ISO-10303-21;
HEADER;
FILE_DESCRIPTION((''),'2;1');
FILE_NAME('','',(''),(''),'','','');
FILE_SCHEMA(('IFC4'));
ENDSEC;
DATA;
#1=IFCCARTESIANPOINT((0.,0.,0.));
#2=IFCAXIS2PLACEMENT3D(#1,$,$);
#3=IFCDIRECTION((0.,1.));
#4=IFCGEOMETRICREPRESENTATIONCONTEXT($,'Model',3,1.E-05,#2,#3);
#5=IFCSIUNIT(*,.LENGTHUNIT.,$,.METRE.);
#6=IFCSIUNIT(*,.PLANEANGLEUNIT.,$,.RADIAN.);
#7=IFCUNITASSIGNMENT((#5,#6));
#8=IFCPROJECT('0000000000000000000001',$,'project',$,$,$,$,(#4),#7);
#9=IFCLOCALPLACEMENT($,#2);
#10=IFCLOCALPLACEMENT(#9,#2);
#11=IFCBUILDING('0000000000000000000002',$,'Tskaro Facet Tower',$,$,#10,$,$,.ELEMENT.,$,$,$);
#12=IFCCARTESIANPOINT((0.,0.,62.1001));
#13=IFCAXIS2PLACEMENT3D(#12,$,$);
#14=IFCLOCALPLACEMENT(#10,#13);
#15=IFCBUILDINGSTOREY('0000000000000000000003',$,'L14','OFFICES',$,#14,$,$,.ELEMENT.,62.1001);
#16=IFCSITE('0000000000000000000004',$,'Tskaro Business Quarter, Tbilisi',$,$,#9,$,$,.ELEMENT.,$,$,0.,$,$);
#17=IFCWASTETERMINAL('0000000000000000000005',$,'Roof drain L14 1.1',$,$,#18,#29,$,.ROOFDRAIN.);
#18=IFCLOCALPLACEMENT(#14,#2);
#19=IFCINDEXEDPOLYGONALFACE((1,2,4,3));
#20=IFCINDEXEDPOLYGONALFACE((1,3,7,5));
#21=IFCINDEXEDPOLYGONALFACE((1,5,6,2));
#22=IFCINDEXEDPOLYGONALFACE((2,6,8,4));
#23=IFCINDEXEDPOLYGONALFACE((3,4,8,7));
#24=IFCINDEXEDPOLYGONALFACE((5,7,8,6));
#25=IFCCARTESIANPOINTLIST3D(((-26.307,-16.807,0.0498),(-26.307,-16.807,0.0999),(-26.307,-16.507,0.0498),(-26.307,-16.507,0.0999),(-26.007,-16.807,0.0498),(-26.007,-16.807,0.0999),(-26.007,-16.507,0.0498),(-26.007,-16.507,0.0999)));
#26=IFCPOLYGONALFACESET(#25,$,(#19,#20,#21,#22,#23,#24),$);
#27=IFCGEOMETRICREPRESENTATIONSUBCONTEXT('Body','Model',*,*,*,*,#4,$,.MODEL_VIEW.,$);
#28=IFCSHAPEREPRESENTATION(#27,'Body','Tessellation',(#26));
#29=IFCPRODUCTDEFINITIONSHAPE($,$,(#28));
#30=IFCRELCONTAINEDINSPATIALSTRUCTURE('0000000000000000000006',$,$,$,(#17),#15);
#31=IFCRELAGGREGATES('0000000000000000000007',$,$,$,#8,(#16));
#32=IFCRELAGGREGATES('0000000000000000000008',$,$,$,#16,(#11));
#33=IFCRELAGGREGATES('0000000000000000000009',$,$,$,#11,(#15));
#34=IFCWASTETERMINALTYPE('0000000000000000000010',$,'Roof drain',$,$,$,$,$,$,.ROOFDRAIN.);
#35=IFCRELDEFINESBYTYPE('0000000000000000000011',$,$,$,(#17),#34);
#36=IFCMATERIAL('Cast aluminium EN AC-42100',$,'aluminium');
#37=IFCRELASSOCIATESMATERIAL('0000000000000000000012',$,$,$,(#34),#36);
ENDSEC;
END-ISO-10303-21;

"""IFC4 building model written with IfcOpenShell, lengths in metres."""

from ifc_helpers import new_model, si_unit, direction, frame, origin, origin_2d, place, context, subcontext, project, spatial, rectangle, extrude, material, type_object, element, save


model = new_model("IFC4")

# Units and contexts
model_context = context("Model", 3, precision=1e-05, world=origin(), true_north=direction((0.0, 1.0)))
body_context = subcontext(model_context, "Body", "Model", "MODEL_VIEW")
ifc_project = project(units=[si_unit("LENGTHUNIT", "METRE"), si_unit("PLANEANGLEUNIT", "RADIAN")], contexts=[model_context])

# Site, building, storey
site_placement = place(None, origin())
site = spatial("IfcSite", under=ifc_project, at=site_placement, Name="Tskaro Business Quarter, Tbilisi", CompositionType="ELEMENT", RefElevation=0.0)
building_placement = place(site_placement, origin())
building = spatial("IfcBuilding", under=site, at=building_placement, Name="Tskaro Facet Tower", CompositionType="ELEMENT")
storey_placement = place(building_placement, frame((0.0, 0.0, 62.1001)))
storey = spatial("IfcBuildingStorey", under=building, at=storey_placement, Name="L14", Description="OFFICES", CompositionType="ELEMENT", Elevation=62.1001)

# Waste terminal
ifc_material_1 = material(Name="Cast aluminium EN AC-42100", Category="aluminium")
waste_terminal_type = type_object("IfcWasteTerminalType", Name="Roof drain", PredefinedType="ROOFDRAIN", material=ifc_material_1)
waste_terminal_placement = place(storey_placement, frame((-26.157, -16.657, 0.0498), z_axis=(0.0, 0.0, 1.0), x_axis=(1.0, 0.0, 0.0)))
element("IfcWasteTerminal", 1, at=waste_terminal_placement, inside=storey, type_object=waste_terminal_type, Name="Roof drain L14 1.1", PredefinedType="ROOFDRAIN", context=body_context, shape_type="SweptSolid", body=[
    extrude(rectangle(XDim=0.3, YDim=0.3, at=origin_2d()), origin(), (0.0, 0.0, 1.0), 0.05),
])

save(model, "model.ifc")
